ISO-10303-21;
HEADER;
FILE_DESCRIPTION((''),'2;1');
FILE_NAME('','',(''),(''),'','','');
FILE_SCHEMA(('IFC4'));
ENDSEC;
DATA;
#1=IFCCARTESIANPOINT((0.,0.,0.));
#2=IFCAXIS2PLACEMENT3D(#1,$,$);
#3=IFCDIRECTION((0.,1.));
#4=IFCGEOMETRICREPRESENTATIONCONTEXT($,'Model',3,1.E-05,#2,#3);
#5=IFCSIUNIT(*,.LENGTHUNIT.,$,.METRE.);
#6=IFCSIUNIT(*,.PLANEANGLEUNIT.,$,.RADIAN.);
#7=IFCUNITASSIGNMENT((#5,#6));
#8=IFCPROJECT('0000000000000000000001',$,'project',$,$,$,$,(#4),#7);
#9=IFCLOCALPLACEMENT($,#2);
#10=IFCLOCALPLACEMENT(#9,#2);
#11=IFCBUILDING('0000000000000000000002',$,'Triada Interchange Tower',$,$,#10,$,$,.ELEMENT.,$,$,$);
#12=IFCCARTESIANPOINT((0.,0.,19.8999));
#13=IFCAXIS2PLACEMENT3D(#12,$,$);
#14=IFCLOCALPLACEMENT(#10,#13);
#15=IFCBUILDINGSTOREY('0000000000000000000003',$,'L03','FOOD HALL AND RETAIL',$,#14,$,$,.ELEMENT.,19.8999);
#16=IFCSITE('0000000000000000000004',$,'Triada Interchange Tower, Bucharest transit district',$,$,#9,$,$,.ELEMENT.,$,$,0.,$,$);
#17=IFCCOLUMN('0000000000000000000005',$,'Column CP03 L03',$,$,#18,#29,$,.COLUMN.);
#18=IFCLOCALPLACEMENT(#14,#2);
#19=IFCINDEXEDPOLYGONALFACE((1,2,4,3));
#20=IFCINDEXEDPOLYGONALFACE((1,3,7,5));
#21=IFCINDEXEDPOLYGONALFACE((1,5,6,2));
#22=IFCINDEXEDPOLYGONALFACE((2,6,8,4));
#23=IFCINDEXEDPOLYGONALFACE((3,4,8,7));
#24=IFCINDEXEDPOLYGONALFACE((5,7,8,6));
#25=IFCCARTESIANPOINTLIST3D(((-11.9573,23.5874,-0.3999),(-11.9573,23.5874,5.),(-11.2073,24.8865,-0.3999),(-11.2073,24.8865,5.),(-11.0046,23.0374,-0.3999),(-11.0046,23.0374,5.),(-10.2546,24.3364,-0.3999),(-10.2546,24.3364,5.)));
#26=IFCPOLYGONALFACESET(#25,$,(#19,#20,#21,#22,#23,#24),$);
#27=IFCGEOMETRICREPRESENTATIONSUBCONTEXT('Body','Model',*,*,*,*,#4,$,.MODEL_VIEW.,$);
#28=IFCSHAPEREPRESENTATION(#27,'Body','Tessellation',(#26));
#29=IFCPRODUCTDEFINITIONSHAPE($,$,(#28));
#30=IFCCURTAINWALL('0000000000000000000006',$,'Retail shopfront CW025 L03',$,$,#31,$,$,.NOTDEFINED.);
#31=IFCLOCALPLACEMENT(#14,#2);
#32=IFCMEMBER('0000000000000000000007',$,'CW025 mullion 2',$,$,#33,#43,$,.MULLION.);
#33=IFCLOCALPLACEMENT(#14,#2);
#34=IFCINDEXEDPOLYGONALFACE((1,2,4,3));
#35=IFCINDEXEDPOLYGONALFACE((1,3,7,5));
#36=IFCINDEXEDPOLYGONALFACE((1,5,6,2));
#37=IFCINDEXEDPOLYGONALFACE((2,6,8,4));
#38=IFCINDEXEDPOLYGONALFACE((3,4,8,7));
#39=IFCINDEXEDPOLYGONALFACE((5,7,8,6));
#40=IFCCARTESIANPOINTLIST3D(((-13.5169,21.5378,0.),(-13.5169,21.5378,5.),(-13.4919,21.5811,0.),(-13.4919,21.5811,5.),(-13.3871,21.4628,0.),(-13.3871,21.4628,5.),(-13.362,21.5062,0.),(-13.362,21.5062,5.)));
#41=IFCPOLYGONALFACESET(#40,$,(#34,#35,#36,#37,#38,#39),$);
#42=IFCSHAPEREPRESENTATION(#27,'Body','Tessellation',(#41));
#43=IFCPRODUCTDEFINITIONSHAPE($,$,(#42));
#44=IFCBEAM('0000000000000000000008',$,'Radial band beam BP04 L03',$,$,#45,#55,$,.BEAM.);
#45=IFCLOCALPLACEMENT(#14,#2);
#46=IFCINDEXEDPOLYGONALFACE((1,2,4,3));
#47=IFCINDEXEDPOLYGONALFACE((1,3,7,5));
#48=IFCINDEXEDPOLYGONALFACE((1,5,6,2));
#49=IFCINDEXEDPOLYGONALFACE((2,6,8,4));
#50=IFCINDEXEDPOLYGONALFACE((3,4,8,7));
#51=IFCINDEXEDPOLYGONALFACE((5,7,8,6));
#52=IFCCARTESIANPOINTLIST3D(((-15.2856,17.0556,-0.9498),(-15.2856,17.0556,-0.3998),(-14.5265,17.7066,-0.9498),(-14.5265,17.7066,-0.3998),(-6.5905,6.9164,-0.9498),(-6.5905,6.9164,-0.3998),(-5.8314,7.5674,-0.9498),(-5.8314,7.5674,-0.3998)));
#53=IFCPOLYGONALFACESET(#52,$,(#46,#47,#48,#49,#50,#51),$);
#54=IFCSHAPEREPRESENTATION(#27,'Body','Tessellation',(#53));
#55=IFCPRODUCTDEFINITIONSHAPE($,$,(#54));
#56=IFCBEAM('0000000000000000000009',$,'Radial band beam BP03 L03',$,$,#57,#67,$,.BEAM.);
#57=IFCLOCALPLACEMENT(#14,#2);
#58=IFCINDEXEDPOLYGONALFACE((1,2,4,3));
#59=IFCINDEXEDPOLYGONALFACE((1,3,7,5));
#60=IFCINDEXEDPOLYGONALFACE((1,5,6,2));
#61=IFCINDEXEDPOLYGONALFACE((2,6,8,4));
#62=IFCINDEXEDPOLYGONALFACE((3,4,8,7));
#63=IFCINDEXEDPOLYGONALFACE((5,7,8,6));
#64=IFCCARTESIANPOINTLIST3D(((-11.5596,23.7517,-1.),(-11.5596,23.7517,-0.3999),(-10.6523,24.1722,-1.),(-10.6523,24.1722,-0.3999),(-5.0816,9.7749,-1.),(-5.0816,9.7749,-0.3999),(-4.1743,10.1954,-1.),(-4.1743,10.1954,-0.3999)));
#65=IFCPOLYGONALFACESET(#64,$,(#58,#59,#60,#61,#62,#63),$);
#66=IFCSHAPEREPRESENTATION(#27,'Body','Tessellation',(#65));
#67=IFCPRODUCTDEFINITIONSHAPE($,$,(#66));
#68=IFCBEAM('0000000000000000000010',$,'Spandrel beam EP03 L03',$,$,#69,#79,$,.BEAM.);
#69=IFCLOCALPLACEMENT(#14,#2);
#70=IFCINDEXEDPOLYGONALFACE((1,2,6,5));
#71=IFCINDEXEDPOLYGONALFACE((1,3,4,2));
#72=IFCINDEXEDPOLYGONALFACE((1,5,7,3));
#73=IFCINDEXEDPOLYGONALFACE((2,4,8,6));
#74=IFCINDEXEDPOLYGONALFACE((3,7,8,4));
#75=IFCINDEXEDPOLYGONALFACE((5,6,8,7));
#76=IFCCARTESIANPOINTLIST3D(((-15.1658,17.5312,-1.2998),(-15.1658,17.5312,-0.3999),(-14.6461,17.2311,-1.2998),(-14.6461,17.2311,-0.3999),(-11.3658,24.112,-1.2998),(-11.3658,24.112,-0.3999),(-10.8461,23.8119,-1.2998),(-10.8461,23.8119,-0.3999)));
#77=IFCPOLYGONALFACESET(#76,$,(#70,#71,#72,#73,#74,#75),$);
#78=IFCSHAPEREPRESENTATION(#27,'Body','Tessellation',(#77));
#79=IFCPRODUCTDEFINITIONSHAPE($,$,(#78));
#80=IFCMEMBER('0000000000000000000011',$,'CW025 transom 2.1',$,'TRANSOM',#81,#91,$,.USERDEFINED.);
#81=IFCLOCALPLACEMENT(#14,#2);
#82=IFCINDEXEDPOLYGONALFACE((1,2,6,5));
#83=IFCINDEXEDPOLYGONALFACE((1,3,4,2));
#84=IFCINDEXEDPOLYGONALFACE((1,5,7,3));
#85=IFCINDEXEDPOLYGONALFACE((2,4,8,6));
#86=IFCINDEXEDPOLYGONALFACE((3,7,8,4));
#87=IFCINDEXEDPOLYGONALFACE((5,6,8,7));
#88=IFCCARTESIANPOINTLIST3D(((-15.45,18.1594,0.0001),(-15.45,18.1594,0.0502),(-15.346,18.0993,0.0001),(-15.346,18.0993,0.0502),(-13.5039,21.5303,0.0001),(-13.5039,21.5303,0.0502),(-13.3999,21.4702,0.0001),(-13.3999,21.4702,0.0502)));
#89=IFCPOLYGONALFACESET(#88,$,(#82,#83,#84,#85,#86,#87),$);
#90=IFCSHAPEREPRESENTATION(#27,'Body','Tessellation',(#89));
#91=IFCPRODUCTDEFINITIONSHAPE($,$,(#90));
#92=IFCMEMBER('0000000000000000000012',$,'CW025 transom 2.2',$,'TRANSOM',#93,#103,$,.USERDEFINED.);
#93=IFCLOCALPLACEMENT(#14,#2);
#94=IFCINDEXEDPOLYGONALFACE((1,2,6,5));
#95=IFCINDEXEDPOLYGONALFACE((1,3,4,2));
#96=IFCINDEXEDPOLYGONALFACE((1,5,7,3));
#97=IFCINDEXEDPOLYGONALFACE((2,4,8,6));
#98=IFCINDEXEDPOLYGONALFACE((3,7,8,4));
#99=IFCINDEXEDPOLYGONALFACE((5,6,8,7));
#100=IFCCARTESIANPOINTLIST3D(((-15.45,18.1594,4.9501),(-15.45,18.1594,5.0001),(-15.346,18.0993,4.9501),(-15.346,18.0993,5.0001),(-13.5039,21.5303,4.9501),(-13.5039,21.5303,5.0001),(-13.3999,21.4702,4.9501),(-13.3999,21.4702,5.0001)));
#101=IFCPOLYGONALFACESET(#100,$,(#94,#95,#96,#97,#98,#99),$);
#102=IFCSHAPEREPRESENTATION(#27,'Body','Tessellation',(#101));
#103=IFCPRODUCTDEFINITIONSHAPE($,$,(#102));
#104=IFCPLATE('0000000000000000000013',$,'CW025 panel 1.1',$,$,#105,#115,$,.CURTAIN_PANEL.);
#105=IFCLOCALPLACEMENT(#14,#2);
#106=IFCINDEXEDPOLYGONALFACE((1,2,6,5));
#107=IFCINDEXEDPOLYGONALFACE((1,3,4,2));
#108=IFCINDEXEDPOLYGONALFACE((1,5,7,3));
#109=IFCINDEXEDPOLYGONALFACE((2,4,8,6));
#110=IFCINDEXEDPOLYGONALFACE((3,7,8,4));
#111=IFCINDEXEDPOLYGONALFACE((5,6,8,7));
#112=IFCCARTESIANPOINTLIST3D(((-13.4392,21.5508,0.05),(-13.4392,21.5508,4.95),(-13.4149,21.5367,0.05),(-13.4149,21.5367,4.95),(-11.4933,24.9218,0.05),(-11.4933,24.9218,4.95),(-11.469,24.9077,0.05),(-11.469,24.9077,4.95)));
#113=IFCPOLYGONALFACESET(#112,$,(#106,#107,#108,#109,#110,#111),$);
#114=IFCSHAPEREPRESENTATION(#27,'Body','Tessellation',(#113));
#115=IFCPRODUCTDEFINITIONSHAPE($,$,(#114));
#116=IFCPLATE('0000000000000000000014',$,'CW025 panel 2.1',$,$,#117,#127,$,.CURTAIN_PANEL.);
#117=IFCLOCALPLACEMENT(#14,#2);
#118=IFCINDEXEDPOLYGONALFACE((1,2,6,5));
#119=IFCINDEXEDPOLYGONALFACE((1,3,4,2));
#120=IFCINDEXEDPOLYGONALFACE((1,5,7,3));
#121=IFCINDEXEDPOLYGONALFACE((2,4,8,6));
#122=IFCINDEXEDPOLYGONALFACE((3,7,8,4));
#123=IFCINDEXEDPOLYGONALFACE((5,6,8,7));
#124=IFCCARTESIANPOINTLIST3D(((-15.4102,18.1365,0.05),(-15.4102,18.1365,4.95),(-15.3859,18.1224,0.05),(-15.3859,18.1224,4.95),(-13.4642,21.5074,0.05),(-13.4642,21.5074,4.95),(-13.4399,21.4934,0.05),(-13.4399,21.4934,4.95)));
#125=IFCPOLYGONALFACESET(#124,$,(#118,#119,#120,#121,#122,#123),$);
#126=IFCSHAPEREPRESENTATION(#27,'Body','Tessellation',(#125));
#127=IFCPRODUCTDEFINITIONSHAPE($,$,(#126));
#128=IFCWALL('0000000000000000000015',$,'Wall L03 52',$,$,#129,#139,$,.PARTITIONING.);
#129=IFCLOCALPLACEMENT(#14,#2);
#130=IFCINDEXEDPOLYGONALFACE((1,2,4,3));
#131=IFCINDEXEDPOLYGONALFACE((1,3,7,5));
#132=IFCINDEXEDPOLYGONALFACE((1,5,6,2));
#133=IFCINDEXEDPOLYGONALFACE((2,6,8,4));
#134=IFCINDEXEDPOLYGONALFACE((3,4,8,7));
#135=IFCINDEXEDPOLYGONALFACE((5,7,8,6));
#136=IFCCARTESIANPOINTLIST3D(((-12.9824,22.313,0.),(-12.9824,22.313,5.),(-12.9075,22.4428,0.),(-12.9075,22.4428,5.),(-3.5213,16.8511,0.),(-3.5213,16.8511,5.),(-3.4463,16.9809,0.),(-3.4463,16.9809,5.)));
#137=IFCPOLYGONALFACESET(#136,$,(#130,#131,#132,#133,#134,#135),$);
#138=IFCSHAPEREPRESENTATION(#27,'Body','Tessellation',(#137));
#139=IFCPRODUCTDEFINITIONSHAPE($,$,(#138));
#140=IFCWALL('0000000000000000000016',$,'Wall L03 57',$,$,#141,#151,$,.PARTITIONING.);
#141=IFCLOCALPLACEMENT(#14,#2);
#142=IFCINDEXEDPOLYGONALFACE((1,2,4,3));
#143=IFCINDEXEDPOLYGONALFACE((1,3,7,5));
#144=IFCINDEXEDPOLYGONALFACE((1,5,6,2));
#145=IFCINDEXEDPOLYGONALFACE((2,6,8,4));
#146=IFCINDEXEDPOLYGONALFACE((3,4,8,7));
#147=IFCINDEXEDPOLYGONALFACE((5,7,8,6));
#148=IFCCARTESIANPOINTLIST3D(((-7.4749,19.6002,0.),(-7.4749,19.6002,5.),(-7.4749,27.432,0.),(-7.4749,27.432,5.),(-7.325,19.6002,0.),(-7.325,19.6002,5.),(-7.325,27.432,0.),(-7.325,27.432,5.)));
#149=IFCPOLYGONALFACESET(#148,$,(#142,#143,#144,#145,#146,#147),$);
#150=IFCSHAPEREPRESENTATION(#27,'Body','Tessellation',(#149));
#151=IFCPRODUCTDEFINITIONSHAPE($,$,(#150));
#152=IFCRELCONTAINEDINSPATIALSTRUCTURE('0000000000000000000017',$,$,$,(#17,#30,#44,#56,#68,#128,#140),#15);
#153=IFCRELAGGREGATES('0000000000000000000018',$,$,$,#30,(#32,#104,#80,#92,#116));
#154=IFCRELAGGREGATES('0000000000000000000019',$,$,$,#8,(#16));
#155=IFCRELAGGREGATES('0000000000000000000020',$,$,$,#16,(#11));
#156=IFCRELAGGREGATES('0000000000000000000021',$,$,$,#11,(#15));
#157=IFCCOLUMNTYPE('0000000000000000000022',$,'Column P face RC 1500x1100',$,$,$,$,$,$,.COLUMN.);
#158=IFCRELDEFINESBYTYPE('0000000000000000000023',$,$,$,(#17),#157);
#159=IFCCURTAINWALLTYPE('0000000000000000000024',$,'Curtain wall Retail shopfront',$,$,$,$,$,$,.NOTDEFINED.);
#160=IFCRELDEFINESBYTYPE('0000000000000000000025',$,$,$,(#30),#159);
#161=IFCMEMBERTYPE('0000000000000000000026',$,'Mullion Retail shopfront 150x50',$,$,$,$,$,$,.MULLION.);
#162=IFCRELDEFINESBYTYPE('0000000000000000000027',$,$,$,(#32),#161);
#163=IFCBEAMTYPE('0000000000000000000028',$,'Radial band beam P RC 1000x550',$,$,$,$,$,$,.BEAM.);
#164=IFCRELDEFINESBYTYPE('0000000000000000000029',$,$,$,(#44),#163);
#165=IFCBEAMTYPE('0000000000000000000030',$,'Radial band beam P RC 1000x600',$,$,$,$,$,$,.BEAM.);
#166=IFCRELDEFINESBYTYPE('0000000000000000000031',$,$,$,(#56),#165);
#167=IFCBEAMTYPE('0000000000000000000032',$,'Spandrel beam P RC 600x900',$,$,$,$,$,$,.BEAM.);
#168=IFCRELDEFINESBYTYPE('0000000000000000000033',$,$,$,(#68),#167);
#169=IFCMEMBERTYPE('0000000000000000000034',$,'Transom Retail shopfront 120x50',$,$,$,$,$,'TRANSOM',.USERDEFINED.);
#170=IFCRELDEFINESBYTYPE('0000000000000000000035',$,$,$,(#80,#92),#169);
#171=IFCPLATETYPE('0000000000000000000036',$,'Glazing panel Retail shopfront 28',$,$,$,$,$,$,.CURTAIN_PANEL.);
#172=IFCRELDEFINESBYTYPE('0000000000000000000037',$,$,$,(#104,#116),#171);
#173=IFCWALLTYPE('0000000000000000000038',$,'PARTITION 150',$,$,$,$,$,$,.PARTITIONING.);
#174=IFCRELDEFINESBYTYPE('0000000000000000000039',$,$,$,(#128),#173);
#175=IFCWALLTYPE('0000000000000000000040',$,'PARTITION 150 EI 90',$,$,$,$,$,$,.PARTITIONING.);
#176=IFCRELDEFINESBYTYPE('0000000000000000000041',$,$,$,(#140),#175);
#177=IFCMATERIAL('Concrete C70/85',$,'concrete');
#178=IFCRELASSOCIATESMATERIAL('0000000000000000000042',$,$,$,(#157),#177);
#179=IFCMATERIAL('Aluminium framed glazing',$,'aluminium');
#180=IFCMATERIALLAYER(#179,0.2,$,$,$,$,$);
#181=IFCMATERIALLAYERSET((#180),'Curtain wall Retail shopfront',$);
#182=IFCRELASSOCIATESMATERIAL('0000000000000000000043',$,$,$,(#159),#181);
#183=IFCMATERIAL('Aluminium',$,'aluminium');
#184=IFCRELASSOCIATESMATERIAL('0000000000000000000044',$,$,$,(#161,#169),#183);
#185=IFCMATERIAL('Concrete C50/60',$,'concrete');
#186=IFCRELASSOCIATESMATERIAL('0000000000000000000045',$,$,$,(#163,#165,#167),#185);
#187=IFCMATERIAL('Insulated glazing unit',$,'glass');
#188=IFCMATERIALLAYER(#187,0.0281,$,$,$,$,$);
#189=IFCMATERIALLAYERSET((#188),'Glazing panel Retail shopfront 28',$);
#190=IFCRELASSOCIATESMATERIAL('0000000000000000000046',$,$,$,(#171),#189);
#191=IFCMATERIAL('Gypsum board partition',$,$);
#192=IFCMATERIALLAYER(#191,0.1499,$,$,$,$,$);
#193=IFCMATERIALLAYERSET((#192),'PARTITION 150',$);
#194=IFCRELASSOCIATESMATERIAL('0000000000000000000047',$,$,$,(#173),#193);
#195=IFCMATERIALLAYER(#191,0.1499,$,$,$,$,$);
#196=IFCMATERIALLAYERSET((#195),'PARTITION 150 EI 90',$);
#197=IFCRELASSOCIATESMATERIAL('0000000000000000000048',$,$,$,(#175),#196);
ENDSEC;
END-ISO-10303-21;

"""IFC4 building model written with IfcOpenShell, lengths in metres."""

from ifc_helpers import new_model, si_unit, direction, frame, frame_2d, origin, origin_2d, place, context, subcontext, project, spatial, rectangle, extrude, material, layer, layer_set, material_profile, profile_set, type_object, element, aggregate, save


model = new_model("IFC4")

# Units and contexts
model_context = context("Model", 3, precision=1e-05, world=origin(), true_north=direction((0.0, 1.0)))
body_context = subcontext(model_context, "Body", "Model", "MODEL_VIEW")
ifc_project = project(units=[si_unit("LENGTHUNIT", "METRE"), si_unit("PLANEANGLEUNIT", "RADIAN")], contexts=[model_context])

# Site, building, storey
site_placement = place(None, origin())
site = spatial("IfcSite", under=ifc_project, at=site_placement, Name="Triada Interchange Tower, Bucharest transit district", CompositionType="ELEMENT", RefElevation=0.0)
building_placement = place(site_placement, origin())
building = spatial("IfcBuilding", under=site, at=building_placement, Name="Triada Interchange Tower", CompositionType="ELEMENT")
storey_placement = place(building_placement, frame((0.0, 0.0, 19.8999)))
storey = spatial("IfcBuildingStorey", under=building, at=storey_placement, Name="L03", Description="FOOD HALL AND RETAIL", CompositionType="ELEMENT", Elevation=19.8999)

# Column
ifc_material_1 = material(Name="Concrete C70/85", Category="concrete")
ifc_material_profile_1 = material_profile(ifc_material_1, rectangle(XDim=1.5, YDim=1.1001, at=origin_2d()), Name="RC 1500x1100")
ifc_profile_set_1 = profile_set([ifc_material_profile_1], Name="Concrete C70/85")
column_type = type_object("IfcColumnType", Name="Column P face RC 1500x1100", PredefinedType="COLUMN", material=ifc_profile_set_1)
column_placement = place(storey_placement, frame((-11.106, 23.9619, -0.3999), z_axis=(0.0, 0.0, 1.0), x_axis=(0.5, 0.866025, 0.0)))
element("IfcColumn", 1, at=column_placement, inside=storey, type_object=column_type, Name="Column CP03 L03", PredefinedType="COLUMN", context=body_context, shape_type="SweptSolid", body=[
    extrude(rectangle(XDim=1.5, YDim=1.1001, at=origin_2d()), origin(), (0.0, 0.0, 1.0), 5.3999),
])

# Curtain wall, member
ifc_material_2 = material(Name="Aluminium framed glazing", Category="aluminium")
ifc_layer_1 = layer(ifc_material_2, 0.2)
ifc_layer_set_1 = layer_set([ifc_layer_1], Name="Curtain wall Retail shopfront")
curtain_wall_type = type_object("IfcCurtainWallType", Name="Curtain wall Retail shopfront", PredefinedType="NOTDEFINED", material=ifc_layer_set_1)
curtain_wall_placement = place(storey_placement, origin())
curtain_wall = element("IfcCurtainWall", 2, at=curtain_wall_placement, inside=storey, type_object=curtain_wall_type, Name="Retail shopfront CW025 L03", PredefinedType="NOTDEFINED")
ifc_material_3 = material(Name="Aluminium", Category="aluminium")
ifc_material_profile_2 = material_profile(ifc_material_3, rectangle(XDim=0.1499, YDim=0.05, at=origin_2d()), Name="Aluminium mullion")
ifc_profile_set_2 = profile_set([ifc_material_profile_2], Name="Aluminium")
member_type_1 = type_object("IfcMemberType", Name="Mullion Retail shopfront 150x50", PredefinedType="MULLION", material=ifc_profile_set_2)
member_1_placement = place(storey_placement, frame((-13.4395, 21.522, 0.0), z_axis=(0.0, 0.0, 1.0), x_axis=(0.866055, -0.499948, 0.0)))
member_1 = element("IfcMember", 3, at=member_1_placement, type_object=member_type_1, Name="CW025 mullion 2", PredefinedType="MULLION", context=body_context, shape_type="SweptSolid", body=[
    extrude(rectangle(XDim=0.1499, YDim=0.05, at=origin_2d()), origin(), (0.0, 0.0, 1.0), 5.0),
])

# Beams
ifc_material_4 = material(Name="Concrete C50/60", Category="concrete")
ifc_material_profile_3 = material_profile(ifc_material_4, rectangle(XDim=1.0, YDim=0.55, at=origin_2d()), Name="RC 1000x550")
ifc_profile_set_3 = profile_set([ifc_material_profile_3], Name="Concrete C50/60")
beam_type_1 = type_object("IfcBeamType", Name="Radial band beam P RC 1000x550", PredefinedType="BEAM", material=ifc_profile_set_3)
beam_1_placement = place(storey_placement, frame((-14.906, 17.3811, -0.6748), z_axis=(0.65098, -0.759095, 0.0), x_axis=(0.759095, 0.65098, 0.0)))
element("IfcBeam", 4, at=beam_1_placement, inside=storey, type_object=beam_type_1, Name="Radial band beam BP04 L03", PredefinedType="BEAM", context=body_context, shape_type="SweptSolid", body=[
    extrude(rectangle(XDim=1.0, YDim=0.55, at=origin_2d()), origin(), (0.0, 0.0, 1.0), 13.3569),
])
ifc_material_profile_4 = material_profile(ifc_material_4, rectangle(XDim=1.0, YDim=0.6001, at=origin_2d()), Name="RC 1000x600")
ifc_profile_set_4 = profile_set([ifc_material_profile_4], Name="Concrete C50/60")
beam_type_2 = type_object("IfcBeamType", Name="Radial band beam P RC 1000x600", PredefinedType="BEAM", material=ifc_profile_set_4)
beam_2_placement = place(storey_placement, frame((-11.106, 23.9619, -0.7), z_axis=(0.420513, -0.907287, 0.0), x_axis=(0.907287, 0.420513, 0.0)))
element("IfcBeam", 5, at=beam_2_placement, inside=storey, type_object=beam_type_2, Name="Radial band beam BP03 L03", PredefinedType="BEAM", context=body_context, shape_type="SweptSolid", body=[
    extrude(rectangle(XDim=1.0, YDim=0.6001, at=origin_2d()), origin(), (0.0, 0.0, 1.0), 15.405),
])
ifc_material_profile_5 = material_profile(ifc_material_4, rectangle(XDim=0.6001, YDim=0.8999, at=origin_2d()), Name="RC 600x900")
ifc_profile_set_5 = profile_set([ifc_material_profile_5], Name="Concrete C50/60")
beam_type_3 = type_object("IfcBeamType", Name="Spandrel beam P RC 600x900", PredefinedType="BEAM", material=ifc_profile_set_5)
beam_3_placement = place(storey_placement, frame((-11.106, 23.9619, -0.8499), z_axis=(-0.500061, -0.86599, 0.0), x_axis=(0.86599, -0.500061, 0.0)))
element("IfcBeam", 6, at=beam_3_placement, inside=storey, type_object=beam_type_3, Name="Spandrel beam EP03 L03", PredefinedType="BEAM", context=body_context, shape_type="SweptSolid", body=[
    extrude(rectangle(XDim=0.6001, YDim=0.8999, at=origin_2d()), origin(), (0.0, 0.0, 1.0), 7.5991),
])

# Members
ifc_material_profile_6 = material_profile(ifc_material_3, rectangle(XDim=0.1201, YDim=0.05, at=origin_2d()), Name="Aluminium transom")
ifc_profile_set_6 = profile_set([ifc_material_profile_6], Name="Aluminium")
member_type_2 = type_object("IfcMemberType", Name="Transom Retail shopfront 120x50", ElementType="TRANSOM", PredefinedType="USERDEFINED", material=ifc_profile_set_6)
member_2_placement = place(storey_placement, frame((-13.4519, 21.5002, 0.0251), z_axis=(-0.499978, -0.866038, 0.0), x_axis=(0.866038, -0.499978, 0.0)))
member_2 = element("IfcMember", 7, at=member_2_placement, type_object=member_type_2, Name="CW025 transom 2.1", ObjectType="TRANSOM", PredefinedType="USERDEFINED", context=body_context, shape_type="SweptSolid", body=[
    extrude(rectangle(XDim=0.1201, YDim=0.05, at=origin_2d()), origin(), (0.0, 0.0, 1.0), 3.8923),
])
member_3_placement = place(storey_placement, frame((-13.4519, 21.5002, 4.9751), z_axis=(-0.499978, -0.866038, 0.0), x_axis=(0.866038, -0.499978, 0.0)))
member_3 = element("IfcMember", 8, at=member_3_placement, type_object=member_type_2, Name="CW025 transom 2.2", ObjectType="TRANSOM", PredefinedType="USERDEFINED", context=body_context, shape_type="SweptSolid", body=[
    extrude(rectangle(XDim=0.1201, YDim=0.05, at=origin_2d()), origin(), (0.0, 0.0, 1.0), 3.8923),
])

# Plates
ifc_material_5 = material(Name="Insulated glazing unit", Category="glass")
ifc_layer_2 = layer(ifc_material_5, 0.0281)
ifc_layer_set_2 = layer_set([ifc_layer_2], Name="Glazing panel Retail shopfront 28")
plate_type = type_object("IfcPlateType", Name="Glazing panel Retail shopfront 28", PredefinedType="CURTAIN_PANEL", material=ifc_layer_set_2)
plate_1_placement = place(storey_placement, frame((-12.4541, 23.2292, 0.05), z_axis=(0.0, 0.0, 1.0), x_axis=(-0.499948, -0.866055, 0.0)))
plate_1 = element("IfcPlate", 9, at=plate_1_placement, type_object=plate_type, Name="CW025 panel 1.1", PredefinedType="CURTAIN_PANEL", context=body_context, shape_type="SweptSolid", body=[
    extrude(rectangle(XDim=3.8923, YDim=0.0281, at=origin_2d()), origin(), (0.0, 0.0, 1.0), 4.8999),
])
plate_2_placement = place(storey_placement, frame((-14.425, 19.8149, 0.05), z_axis=(0.0, 0.0, 1.0), x_axis=(-0.499948, -0.866055, 0.0)))
plate_2 = element("IfcPlate", 10, at=plate_2_placement, type_object=plate_type, Name="CW025 panel 2.1", PredefinedType="CURTAIN_PANEL", context=body_context, shape_type="SweptSolid", body=[
    extrude(rectangle(XDim=3.8923, YDim=0.0281, at=origin_2d()), origin(), (0.0, 0.0, 1.0), 4.8999),
])
aggregate(curtain_wall, [member_1, plate_1, member_2, member_3, plate_2])

# Walls
ifc_material_6 = material(Name="Gypsum board partition")
ifc_layer_3 = layer(ifc_material_6, 0.1499)
ifc_layer_set_3 = layer_set([ifc_layer_3], Name="PARTITION 150")
wall_type_1 = type_object("IfcWallType", Name="PARTITION 150", PredefinedType="PARTITIONING", material=ifc_layer_set_3)
wall_1_placement = place(storey_placement, frame((-12.9451, 22.3779, 0.0), z_axis=(0.0, 0.0, 1.0), x_axis=(0.866045, -0.499966, 0.0)))
element("IfcWall", 11, at=wall_1_placement, inside=storey, type_object=wall_type_1, Name="Wall L03 52", PredefinedType="PARTITIONING", context=body_context, shape_type="SweptSolid", body=[
    extrude(rectangle(XDim=10.9246, YDim=0.1499, at=frame_2d((5.4624, 0.0))), origin(), (0.0, 0.0, 1.0), 5.0),
])
ifc_layer_4 = layer(ifc_material_6, 0.1499)
ifc_layer_set_4 = layer_set([ifc_layer_4], Name="PARTITION 150 EI 90")
wall_type_2 = type_object("IfcWallType", Name="PARTITION 150 EI 90", PredefinedType="PARTITIONING", material=ifc_layer_set_4)
wall_2_placement = place(storey_placement, frame((-7.3999, 19.6001, 0.0), z_axis=(0.0, 0.0, 1.0), x_axis=(0.0, 1.0, 0.0)))
element("IfcWall", 12, at=wall_2_placement, inside=storey, type_object=wall_type_2, Name="Wall L03 57", PredefinedType="PARTITIONING", context=body_context, shape_type="SweptSolid", body=[
    extrude(rectangle(XDim=7.8318, YDim=0.1499, at=frame_2d((3.916, 0.0))), origin(), (0.0, 0.0, 1.0), 5.0),
])

save(model, "model.ifc")
